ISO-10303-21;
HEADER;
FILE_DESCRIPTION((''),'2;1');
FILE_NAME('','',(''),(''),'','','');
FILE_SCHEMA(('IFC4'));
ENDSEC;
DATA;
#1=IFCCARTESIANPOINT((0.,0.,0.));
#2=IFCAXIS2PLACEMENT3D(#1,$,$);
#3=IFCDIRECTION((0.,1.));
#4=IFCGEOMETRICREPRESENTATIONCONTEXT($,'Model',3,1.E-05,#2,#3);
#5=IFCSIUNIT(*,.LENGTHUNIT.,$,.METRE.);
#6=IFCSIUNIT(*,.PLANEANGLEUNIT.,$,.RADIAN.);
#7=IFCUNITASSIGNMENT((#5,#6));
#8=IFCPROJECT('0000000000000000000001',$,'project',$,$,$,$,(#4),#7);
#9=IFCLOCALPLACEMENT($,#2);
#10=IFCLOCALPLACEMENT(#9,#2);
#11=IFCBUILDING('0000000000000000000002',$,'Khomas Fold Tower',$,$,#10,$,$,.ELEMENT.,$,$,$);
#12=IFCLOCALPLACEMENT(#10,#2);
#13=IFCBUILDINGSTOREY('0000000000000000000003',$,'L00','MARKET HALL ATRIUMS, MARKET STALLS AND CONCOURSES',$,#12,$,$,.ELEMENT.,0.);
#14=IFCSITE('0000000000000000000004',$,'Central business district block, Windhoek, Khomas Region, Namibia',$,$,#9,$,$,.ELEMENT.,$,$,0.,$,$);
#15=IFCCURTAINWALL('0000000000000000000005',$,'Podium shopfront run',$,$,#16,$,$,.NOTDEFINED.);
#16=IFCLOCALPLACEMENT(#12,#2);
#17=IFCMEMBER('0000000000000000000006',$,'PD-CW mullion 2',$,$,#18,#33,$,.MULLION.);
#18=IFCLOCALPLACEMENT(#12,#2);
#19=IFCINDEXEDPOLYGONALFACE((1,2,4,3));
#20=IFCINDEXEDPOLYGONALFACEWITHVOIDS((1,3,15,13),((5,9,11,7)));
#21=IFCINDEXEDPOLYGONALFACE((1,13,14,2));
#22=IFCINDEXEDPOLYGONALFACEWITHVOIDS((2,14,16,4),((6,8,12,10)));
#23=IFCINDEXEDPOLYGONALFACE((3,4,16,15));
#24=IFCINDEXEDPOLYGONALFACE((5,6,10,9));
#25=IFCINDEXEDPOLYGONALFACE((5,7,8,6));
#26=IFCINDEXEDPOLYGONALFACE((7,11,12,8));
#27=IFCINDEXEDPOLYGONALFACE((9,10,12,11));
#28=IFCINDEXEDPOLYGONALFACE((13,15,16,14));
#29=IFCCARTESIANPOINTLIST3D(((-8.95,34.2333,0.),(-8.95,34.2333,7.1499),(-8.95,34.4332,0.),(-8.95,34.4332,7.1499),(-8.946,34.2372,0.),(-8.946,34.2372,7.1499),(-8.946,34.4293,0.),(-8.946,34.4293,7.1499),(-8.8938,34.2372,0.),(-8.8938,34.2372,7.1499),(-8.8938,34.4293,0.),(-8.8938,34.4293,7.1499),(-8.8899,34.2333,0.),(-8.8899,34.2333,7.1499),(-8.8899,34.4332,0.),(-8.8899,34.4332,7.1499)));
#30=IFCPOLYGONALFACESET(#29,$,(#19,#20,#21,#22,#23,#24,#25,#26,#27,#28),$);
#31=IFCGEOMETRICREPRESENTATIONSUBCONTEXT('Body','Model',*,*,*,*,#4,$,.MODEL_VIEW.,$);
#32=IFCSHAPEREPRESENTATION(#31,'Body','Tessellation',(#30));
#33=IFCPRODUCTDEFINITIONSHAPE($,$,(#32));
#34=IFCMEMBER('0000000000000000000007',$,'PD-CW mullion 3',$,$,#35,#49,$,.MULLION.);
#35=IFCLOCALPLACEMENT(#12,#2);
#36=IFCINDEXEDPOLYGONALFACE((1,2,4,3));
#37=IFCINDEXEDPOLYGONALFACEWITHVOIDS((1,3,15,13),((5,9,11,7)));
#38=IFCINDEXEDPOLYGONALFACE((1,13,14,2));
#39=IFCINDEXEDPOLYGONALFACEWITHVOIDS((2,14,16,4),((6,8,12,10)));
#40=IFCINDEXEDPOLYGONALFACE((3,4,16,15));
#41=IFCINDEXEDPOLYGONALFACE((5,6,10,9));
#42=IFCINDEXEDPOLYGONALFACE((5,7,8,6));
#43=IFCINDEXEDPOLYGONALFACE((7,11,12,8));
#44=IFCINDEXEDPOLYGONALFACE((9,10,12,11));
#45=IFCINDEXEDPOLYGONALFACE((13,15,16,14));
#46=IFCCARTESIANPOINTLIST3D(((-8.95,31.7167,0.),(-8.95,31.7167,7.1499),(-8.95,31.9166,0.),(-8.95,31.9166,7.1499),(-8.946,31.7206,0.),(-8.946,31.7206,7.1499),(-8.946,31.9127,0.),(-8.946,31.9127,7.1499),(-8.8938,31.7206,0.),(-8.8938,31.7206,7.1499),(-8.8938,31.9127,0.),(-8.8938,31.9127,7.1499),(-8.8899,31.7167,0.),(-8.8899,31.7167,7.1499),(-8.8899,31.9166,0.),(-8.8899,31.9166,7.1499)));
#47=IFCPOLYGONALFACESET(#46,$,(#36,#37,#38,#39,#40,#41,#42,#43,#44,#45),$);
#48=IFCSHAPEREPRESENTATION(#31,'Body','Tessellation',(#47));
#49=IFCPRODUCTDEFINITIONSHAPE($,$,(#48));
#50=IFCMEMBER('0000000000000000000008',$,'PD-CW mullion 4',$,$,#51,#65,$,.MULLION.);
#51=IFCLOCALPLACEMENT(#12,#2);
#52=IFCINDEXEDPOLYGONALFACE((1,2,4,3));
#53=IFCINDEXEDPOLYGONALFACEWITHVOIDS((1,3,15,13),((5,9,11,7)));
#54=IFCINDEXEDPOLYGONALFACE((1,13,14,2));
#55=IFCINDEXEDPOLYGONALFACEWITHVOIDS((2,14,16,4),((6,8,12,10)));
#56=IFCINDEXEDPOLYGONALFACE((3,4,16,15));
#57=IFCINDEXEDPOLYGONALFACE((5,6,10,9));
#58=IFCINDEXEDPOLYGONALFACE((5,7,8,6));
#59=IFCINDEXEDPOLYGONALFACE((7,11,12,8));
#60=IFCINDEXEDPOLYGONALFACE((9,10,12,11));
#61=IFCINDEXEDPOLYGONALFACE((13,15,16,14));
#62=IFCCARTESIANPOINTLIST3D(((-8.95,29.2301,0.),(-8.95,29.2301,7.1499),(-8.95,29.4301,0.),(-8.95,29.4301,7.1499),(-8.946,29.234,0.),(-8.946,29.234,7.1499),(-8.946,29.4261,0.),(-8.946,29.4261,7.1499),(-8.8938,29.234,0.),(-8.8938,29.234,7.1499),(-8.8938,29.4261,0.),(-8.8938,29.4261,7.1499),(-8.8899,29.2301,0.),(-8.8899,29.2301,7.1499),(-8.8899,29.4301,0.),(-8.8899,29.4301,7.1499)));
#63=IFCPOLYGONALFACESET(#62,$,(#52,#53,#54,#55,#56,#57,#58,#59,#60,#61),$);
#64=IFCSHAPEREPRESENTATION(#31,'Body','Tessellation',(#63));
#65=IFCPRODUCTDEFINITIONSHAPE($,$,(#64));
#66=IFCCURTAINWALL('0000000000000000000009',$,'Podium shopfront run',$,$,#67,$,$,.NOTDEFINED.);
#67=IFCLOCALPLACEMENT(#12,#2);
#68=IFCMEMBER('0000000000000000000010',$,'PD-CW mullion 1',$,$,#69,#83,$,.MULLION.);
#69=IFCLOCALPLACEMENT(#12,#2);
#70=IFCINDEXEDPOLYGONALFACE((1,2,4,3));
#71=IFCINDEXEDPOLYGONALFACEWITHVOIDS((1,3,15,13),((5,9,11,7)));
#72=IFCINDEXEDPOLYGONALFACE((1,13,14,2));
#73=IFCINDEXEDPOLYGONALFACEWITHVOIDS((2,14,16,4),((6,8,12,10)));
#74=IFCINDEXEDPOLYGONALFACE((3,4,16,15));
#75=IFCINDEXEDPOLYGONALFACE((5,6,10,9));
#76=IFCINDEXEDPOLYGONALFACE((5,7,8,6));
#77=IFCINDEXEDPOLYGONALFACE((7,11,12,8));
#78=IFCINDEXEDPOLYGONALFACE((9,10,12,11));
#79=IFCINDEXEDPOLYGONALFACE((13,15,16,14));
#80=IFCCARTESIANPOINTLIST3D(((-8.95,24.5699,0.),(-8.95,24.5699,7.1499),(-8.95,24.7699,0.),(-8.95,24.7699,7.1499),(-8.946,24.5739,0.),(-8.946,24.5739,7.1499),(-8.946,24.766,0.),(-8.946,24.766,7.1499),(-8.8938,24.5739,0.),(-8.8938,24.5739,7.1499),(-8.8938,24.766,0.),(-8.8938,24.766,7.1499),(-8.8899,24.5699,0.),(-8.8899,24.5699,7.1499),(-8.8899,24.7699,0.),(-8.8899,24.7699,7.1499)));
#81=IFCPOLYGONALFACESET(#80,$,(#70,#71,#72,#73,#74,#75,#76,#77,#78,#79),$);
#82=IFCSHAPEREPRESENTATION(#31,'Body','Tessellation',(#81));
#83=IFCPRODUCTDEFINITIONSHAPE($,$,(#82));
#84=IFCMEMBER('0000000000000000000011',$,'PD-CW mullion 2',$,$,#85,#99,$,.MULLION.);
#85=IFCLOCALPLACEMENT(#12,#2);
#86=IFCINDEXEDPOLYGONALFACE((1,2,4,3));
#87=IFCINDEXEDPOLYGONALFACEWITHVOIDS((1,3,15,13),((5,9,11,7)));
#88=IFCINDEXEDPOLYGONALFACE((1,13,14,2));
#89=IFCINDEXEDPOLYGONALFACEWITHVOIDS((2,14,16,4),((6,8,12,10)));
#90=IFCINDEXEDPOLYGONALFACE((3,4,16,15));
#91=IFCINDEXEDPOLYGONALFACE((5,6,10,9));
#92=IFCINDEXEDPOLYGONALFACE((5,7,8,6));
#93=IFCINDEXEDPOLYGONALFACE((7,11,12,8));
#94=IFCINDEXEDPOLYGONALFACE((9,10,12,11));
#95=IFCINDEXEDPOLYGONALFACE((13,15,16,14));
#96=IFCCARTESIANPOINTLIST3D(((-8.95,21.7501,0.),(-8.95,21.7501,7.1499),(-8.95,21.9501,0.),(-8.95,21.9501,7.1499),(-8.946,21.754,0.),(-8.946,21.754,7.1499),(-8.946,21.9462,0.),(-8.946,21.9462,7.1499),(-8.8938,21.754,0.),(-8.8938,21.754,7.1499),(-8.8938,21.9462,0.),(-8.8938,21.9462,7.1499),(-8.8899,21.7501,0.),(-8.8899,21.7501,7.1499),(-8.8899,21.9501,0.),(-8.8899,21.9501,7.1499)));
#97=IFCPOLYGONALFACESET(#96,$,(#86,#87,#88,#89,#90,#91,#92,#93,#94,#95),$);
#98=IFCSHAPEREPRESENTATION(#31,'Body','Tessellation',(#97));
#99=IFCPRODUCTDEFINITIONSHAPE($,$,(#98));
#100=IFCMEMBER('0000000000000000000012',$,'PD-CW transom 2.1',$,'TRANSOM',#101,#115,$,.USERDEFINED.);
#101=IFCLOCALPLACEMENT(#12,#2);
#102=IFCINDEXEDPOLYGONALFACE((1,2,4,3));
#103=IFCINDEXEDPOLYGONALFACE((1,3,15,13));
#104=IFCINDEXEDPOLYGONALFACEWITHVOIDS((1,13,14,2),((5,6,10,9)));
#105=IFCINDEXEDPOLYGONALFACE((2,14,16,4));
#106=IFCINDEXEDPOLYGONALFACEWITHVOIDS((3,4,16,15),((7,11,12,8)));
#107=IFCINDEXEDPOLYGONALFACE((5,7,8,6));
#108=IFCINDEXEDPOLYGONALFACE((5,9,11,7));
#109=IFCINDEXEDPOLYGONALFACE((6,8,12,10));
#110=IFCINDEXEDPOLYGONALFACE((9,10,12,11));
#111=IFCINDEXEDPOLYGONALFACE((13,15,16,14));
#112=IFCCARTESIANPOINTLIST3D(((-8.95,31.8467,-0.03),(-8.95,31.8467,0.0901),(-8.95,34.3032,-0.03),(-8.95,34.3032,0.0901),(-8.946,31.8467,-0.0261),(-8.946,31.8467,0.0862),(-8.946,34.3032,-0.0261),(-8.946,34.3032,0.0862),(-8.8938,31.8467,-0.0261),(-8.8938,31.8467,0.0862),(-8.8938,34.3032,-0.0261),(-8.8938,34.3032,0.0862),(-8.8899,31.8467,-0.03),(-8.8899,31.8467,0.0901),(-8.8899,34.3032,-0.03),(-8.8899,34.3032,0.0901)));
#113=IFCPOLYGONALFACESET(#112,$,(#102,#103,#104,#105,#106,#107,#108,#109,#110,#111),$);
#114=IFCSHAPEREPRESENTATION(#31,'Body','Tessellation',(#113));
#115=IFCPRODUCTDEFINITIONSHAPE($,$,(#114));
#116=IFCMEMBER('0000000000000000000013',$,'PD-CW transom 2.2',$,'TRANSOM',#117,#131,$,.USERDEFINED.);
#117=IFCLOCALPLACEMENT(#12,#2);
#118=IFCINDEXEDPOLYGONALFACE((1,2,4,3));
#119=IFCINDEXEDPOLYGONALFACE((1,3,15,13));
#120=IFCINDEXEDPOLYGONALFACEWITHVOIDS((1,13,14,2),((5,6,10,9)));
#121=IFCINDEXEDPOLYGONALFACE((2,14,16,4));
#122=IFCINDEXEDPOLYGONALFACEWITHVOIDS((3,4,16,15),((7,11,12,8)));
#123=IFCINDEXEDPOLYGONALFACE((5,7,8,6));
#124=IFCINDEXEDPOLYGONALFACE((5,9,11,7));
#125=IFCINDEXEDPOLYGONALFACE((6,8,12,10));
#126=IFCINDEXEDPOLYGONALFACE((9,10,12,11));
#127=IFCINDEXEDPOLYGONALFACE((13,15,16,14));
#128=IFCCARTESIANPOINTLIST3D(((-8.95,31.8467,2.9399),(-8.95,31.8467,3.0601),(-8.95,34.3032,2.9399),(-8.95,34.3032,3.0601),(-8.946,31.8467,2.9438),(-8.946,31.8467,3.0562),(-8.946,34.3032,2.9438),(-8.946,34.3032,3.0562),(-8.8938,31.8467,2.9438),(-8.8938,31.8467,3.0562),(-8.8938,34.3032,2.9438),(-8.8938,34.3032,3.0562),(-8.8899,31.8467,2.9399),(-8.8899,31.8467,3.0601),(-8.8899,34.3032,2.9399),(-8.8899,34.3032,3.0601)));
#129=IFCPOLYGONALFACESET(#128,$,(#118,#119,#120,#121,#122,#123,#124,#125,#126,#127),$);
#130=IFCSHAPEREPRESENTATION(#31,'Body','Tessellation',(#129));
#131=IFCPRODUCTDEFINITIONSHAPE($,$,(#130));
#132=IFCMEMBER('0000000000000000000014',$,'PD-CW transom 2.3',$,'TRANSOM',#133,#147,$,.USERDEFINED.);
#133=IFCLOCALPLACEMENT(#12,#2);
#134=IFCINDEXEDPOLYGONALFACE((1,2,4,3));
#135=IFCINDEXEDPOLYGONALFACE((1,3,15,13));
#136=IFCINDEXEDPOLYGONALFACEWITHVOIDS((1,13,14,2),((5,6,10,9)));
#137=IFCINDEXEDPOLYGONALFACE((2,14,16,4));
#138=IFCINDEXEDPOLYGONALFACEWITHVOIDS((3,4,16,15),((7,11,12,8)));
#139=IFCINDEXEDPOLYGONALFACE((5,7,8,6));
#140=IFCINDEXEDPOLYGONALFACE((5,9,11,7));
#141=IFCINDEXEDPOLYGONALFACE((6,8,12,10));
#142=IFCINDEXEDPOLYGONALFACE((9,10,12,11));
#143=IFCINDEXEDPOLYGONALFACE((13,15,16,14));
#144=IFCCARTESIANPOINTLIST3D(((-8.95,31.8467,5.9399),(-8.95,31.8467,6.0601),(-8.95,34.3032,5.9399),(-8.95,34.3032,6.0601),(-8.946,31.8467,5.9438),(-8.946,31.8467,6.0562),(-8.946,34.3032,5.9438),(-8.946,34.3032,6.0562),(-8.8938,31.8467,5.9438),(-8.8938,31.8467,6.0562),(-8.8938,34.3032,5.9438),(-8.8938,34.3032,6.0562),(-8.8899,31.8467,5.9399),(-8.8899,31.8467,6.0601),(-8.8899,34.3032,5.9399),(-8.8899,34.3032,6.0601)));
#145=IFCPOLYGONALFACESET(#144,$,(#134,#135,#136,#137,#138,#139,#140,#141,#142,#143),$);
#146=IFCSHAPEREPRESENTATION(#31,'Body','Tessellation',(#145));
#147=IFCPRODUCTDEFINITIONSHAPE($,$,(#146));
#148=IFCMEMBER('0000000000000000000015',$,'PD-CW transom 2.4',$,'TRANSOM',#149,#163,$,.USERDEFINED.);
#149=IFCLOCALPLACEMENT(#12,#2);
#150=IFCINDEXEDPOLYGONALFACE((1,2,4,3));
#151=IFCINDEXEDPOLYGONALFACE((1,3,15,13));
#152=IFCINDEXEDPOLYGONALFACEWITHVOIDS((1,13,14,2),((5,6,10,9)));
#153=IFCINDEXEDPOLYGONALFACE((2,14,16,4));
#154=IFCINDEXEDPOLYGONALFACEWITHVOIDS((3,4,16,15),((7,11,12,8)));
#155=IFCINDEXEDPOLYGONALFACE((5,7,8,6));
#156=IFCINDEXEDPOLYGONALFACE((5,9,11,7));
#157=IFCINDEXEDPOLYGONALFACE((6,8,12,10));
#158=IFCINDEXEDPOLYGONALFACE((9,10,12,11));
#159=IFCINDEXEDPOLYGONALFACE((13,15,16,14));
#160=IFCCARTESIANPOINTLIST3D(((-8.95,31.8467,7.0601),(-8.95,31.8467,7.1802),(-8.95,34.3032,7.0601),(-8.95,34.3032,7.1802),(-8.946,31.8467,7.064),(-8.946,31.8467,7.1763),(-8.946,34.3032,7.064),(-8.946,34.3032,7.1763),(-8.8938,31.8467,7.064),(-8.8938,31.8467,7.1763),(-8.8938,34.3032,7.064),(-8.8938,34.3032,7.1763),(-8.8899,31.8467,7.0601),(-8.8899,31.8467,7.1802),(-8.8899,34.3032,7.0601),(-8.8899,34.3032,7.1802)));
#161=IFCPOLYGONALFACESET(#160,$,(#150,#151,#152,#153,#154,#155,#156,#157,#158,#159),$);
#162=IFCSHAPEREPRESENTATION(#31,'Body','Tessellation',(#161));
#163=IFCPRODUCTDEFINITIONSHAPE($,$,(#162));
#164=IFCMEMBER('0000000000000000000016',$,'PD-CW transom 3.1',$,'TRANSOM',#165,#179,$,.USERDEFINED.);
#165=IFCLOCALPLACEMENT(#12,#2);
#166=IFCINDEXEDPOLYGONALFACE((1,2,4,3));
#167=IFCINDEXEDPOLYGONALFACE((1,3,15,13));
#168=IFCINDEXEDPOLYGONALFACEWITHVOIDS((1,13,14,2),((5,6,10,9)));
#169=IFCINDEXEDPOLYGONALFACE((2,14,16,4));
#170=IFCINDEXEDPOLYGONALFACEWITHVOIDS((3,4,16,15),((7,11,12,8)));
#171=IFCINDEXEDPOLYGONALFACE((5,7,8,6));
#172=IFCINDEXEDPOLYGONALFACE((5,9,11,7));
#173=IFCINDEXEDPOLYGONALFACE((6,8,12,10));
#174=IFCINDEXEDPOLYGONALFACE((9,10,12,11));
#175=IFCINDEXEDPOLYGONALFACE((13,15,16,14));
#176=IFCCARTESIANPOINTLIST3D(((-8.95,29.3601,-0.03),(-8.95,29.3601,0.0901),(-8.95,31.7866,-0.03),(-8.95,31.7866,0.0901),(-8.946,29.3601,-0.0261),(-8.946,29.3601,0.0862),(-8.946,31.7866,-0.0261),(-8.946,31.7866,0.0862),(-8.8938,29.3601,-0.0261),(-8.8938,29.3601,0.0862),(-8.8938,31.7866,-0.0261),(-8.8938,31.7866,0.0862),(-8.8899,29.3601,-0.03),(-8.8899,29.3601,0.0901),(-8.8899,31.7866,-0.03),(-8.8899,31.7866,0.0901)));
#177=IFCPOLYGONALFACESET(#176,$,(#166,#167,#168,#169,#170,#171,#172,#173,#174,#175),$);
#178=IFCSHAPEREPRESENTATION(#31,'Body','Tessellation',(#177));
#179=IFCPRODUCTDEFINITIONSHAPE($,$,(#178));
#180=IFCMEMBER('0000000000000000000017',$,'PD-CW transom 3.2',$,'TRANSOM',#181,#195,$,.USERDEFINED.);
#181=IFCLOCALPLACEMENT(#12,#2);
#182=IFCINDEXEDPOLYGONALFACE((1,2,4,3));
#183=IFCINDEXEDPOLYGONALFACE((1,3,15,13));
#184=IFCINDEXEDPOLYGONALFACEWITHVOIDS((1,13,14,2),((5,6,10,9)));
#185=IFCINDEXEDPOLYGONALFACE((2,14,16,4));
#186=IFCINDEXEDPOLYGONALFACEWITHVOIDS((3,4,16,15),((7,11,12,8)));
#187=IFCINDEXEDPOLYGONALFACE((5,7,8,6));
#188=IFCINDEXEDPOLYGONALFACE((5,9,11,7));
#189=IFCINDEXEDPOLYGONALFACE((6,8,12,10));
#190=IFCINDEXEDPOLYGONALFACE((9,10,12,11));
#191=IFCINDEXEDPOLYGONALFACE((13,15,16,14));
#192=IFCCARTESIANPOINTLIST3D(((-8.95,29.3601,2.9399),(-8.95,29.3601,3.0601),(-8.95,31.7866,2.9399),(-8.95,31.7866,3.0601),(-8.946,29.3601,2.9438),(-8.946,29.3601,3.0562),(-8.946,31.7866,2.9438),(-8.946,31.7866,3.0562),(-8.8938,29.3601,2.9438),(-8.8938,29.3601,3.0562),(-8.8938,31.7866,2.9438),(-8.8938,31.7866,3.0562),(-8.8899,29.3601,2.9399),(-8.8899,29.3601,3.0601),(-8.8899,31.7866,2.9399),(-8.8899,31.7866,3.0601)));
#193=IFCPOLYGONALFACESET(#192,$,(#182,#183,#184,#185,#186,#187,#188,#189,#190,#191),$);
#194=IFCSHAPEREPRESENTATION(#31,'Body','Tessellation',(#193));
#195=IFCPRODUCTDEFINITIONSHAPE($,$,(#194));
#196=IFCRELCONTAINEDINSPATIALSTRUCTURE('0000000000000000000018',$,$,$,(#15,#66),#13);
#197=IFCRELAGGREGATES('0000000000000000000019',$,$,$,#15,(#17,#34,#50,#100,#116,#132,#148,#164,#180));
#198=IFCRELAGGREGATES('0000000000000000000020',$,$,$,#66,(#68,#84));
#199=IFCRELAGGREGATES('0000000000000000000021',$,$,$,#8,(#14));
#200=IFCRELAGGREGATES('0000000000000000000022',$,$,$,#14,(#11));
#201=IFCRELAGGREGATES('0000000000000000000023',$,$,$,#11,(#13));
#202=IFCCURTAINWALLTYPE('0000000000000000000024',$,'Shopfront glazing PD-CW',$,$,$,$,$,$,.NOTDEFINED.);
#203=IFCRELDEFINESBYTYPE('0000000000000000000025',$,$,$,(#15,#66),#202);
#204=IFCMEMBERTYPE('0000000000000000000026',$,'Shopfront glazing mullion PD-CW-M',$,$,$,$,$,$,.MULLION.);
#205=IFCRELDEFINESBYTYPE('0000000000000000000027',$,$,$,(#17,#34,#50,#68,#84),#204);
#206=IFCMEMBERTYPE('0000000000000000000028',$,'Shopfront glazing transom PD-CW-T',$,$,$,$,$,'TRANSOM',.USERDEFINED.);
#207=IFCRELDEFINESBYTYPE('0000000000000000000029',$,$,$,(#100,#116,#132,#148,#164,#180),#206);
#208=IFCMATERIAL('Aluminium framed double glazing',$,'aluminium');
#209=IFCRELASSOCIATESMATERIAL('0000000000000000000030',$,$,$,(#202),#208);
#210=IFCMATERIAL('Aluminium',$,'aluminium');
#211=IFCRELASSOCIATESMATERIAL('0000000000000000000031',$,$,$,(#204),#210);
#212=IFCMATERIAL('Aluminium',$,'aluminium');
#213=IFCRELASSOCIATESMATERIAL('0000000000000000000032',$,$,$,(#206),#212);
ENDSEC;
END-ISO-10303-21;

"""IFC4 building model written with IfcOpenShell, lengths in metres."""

from ifc_helpers import new_model, si_unit, direction, frame, origin, origin_2d, place, context, subcontext, project, spatial, hollow_rectangle, extrude, source, transform, mapped, material, material_profile, profile_set, type_object, element, aggregate, save


model = new_model("IFC4")

# Units and contexts
model_context = context("Model", 3, precision=1e-05, world=origin(), true_north=direction((0.0, 1.0)))
body_context = subcontext(model_context, "Body", "Model", "MODEL_VIEW")
ifc_project = project(units=[si_unit("LENGTHUNIT", "METRE"), si_unit("PLANEANGLEUNIT", "RADIAN")], contexts=[model_context])

# Site, building, storey
site_placement = place(None, origin())
site = spatial("IfcSite", under=ifc_project, at=site_placement, Name="Central business district block, Windhoek, Khomas Region, Namibia", CompositionType="ELEMENT", RefElevation=0.0)
building_placement = place(site_placement, origin())
building = spatial("IfcBuilding", under=site, at=building_placement, Name="Khomas Fold Tower", CompositionType="ELEMENT")
storey_placement = place(building_placement, origin())
storey = spatial("IfcBuildingStorey", under=building, at=storey_placement, Name="L00", Description="MARKET HALL ATRIUMS, MARKET STALLS AND CONCOURSES", CompositionType="ELEMENT", Elevation=0.0)

# Curtain walls, members
ifc_material_1 = material(Name="Aluminium framed double glazing", Category="aluminium")
curtain_wall_type = type_object("IfcCurtainWallType", Name="Shopfront glazing PD-CW", PredefinedType="NOTDEFINED", material=ifc_material_1)
curtain_wall_1_placement = place(storey_placement, origin())
curtain_wall_1 = element("IfcCurtainWall", 1, at=curtain_wall_1_placement, inside=storey, type_object=curtain_wall_type, Name="Podium shopfront run", PredefinedType="NOTDEFINED")
ifc_material_2 = material(Name="Aluminium", Category="aluminium")
ifc_material_profile_1 = material_profile(ifc_material_2, hollow_rectangle(XDim=0.0601, YDim=0.2, WallThickness=0.0039, at=origin_2d()), Name="Shopfront glazing mullion PD-CW-M")
ifc_profile_set_1 = profile_set([ifc_material_profile_1], Name="Aluminium")
member_type_1 = type_object("IfcMemberType", Name="Shopfront glazing mullion PD-CW-M", PredefinedType="MULLION", material=ifc_profile_set_1)
shared_shape_1 = source(origin(), body_context, "Body", "SweptSolid", [
    extrude(hollow_rectangle(XDim=0.0601, YDim=0.2, WallThickness=0.0039, at=origin_2d()), origin(), (0.0, 0.0, 1.0), 7.1499),
])
member_1_placement = place(storey_placement, frame((-8.9199, 34.3333, 0.0), z_axis=(0.0, 0.0, 1.0), x_axis=(1.0, 0.0, 0.0)))
member_1 = element("IfcMember", 2, at=member_1_placement, type_object=member_type_1, Name="PD-CW mullion 2", PredefinedType="MULLION", context=body_context, shape_type="MappedRepresentation", body=[
    mapped(shared_shape_1, transform((0.0, 0.0, 0.0))),
])
member_2_placement = place(storey_placement, frame((-8.9199, 31.8167, 0.0), z_axis=(0.0, 0.0, 1.0), x_axis=(1.0, 0.0, 0.0)))
member_2 = element("IfcMember", 3, at=member_2_placement, type_object=member_type_1, Name="PD-CW mullion 3", PredefinedType="MULLION", context=body_context, shape_type="MappedRepresentation", body=[
    mapped(shared_shape_1, transform((0.0, 0.0, 0.0))),
])
member_3_placement = place(storey_placement, frame((-8.9199, 29.3301, 0.0), z_axis=(0.0, 0.0, 1.0), x_axis=(1.0, 0.0, 0.0)))
member_3 = element("IfcMember", 4, at=member_3_placement, type_object=member_type_1, Name="PD-CW mullion 4", PredefinedType="MULLION", context=body_context, shape_type="MappedRepresentation", body=[
    mapped(shared_shape_1, transform((0.0, 0.0, 0.0))),
])
curtain_wall_2_placement = place(storey_placement, origin())
curtain_wall_2 = element("IfcCurtainWall", 5, at=curtain_wall_2_placement, inside=storey, type_object=curtain_wall_type, Name="Podium shopfront run", PredefinedType="NOTDEFINED")
member_4_placement = place(storey_placement, frame((-8.9199, 24.6699, 0.0), z_axis=(0.0, 0.0, 1.0), x_axis=(1.0, 0.0, 0.0)))
member_4 = element("IfcMember", 6, at=member_4_placement, type_object=member_type_1, Name="PD-CW mullion 1", PredefinedType="MULLION", context=body_context, shape_type="MappedRepresentation", body=[
    mapped(shared_shape_1, transform((0.0, 0.0, 0.0))),
])
member_5_placement = place(storey_placement, frame((-8.9199, 21.8501, 0.0), z_axis=(0.0, 0.0, 1.0), x_axis=(1.0, 0.0, 0.0)))
member_5 = element("IfcMember", 7, at=member_5_placement, type_object=member_type_1, Name="PD-CW mullion 2", PredefinedType="MULLION", context=body_context, shape_type="MappedRepresentation", body=[
    mapped(shared_shape_1, transform((0.0, 0.0, 0.0))),
])

# Members
ifc_material_3 = material(Name="Aluminium", Category="aluminium")
ifc_material_profile_2 = material_profile(ifc_material_3, hollow_rectangle(XDim=0.0601, YDim=0.1201, WallThickness=0.0039, at=origin_2d()), Name="Shopfront glazing transom PD-CW-T")
ifc_profile_set_2 = profile_set([ifc_material_profile_2], Name="Aluminium")
member_type_2 = type_object("IfcMemberType", Name="Shopfront glazing transom PD-CW-T", ElementType="TRANSOM", PredefinedType="USERDEFINED", material=ifc_profile_set_2)
shared_shape_2 = source(origin(), body_context, "Body", "SweptSolid", [
    extrude(hollow_rectangle(XDim=0.0601, YDim=0.1201, WallThickness=0.0039, at=origin_2d()), origin(), (0.0, 0.0, 1.0), 2.4565),
])
member_6_placement = place(storey_placement, frame((-8.9199, 34.3032, 0.03), z_axis=(0.0, -1.0, 0.0), x_axis=(1.0, 0.0, 0.0)))
member_6 = element("IfcMember", 8, at=member_6_placement, type_object=member_type_2, Name="PD-CW transom 2.1", ObjectType="TRANSOM", PredefinedType="USERDEFINED", context=body_context, shape_type="MappedRepresentation", body=[
    mapped(shared_shape_2, transform((0.0, 0.0, 0.0))),
])
member_7_placement = place(storey_placement, frame((-8.9199, 34.3032, 3.0), z_axis=(0.0, -1.0, 0.0), x_axis=(1.0, 0.0, 0.0)))
member_7 = element("IfcMember", 9, at=member_7_placement, type_object=member_type_2, Name="PD-CW transom 2.2", ObjectType="TRANSOM", PredefinedType="USERDEFINED", context=body_context, shape_type="MappedRepresentation", body=[
    mapped(shared_shape_2, transform((0.0, 0.0, 0.0))),
])
member_8_placement = place(storey_placement, frame((-8.9199, 34.3032, 6.0), z_axis=(0.0, -1.0, 0.0), x_axis=(1.0, 0.0, 0.0)))
member_8 = element("IfcMember", 10, at=member_8_placement, type_object=member_type_2, Name="PD-CW transom 2.3", ObjectType="TRANSOM", PredefinedType="USERDEFINED", context=body_context, shape_type="MappedRepresentation", body=[
    mapped(shared_shape_2, transform((0.0, 0.0, 0.0))),
])
member_9_placement = place(storey_placement, frame((-8.9199, 34.3032, 7.1201), z_axis=(0.0, -1.0, 0.0), x_axis=(1.0, 0.0, 0.0)))
member_9 = element("IfcMember", 11, at=member_9_placement, type_object=member_type_2, Name="PD-CW transom 2.4", ObjectType="TRANSOM", PredefinedType="USERDEFINED", context=body_context, shape_type="MappedRepresentation", body=[
    mapped(shared_shape_2, transform((0.0, 0.0, 0.0))),
])
shared_shape_3 = source(origin(), body_context, "Body", "SweptSolid", [
    extrude(hollow_rectangle(XDim=0.0601, YDim=0.1201, WallThickness=0.0039, at=origin_2d()), origin(), (0.0, 0.0, 1.0), 2.4265),
])
member_10_placement = place(storey_placement, frame((-8.9199, 31.7866, 0.03), z_axis=(0.0, -1.0, 0.0), x_axis=(1.0, 0.0, 0.0)))
member_10 = element("IfcMember", 12, at=member_10_placement, type_object=member_type_2, Name="PD-CW transom 3.1", ObjectType="TRANSOM", PredefinedType="USERDEFINED", context=body_context, shape_type="MappedRepresentation", body=[
    mapped(shared_shape_3, transform((0.0, 0.0, 0.0))),
])
member_11_placement = place(storey_placement, frame((-8.9199, 31.7866, 3.0), z_axis=(0.0, -1.0, 0.0), x_axis=(1.0, 0.0, 0.0)))
member_11 = element("IfcMember", 13, at=member_11_placement, type_object=member_type_2, Name="PD-CW transom 3.2", ObjectType="TRANSOM", PredefinedType="USERDEFINED", context=body_context, shape_type="MappedRepresentation", body=[
    mapped(shared_shape_3, transform((0.0, 0.0, 0.0))),
])

aggregate(curtain_wall_1, [member_1, member_2, member_3, member_6, member_7, member_8, member_9, member_10, member_11])
aggregate(curtain_wall_2, [member_4, member_5])

save(model, "model.ifc")
